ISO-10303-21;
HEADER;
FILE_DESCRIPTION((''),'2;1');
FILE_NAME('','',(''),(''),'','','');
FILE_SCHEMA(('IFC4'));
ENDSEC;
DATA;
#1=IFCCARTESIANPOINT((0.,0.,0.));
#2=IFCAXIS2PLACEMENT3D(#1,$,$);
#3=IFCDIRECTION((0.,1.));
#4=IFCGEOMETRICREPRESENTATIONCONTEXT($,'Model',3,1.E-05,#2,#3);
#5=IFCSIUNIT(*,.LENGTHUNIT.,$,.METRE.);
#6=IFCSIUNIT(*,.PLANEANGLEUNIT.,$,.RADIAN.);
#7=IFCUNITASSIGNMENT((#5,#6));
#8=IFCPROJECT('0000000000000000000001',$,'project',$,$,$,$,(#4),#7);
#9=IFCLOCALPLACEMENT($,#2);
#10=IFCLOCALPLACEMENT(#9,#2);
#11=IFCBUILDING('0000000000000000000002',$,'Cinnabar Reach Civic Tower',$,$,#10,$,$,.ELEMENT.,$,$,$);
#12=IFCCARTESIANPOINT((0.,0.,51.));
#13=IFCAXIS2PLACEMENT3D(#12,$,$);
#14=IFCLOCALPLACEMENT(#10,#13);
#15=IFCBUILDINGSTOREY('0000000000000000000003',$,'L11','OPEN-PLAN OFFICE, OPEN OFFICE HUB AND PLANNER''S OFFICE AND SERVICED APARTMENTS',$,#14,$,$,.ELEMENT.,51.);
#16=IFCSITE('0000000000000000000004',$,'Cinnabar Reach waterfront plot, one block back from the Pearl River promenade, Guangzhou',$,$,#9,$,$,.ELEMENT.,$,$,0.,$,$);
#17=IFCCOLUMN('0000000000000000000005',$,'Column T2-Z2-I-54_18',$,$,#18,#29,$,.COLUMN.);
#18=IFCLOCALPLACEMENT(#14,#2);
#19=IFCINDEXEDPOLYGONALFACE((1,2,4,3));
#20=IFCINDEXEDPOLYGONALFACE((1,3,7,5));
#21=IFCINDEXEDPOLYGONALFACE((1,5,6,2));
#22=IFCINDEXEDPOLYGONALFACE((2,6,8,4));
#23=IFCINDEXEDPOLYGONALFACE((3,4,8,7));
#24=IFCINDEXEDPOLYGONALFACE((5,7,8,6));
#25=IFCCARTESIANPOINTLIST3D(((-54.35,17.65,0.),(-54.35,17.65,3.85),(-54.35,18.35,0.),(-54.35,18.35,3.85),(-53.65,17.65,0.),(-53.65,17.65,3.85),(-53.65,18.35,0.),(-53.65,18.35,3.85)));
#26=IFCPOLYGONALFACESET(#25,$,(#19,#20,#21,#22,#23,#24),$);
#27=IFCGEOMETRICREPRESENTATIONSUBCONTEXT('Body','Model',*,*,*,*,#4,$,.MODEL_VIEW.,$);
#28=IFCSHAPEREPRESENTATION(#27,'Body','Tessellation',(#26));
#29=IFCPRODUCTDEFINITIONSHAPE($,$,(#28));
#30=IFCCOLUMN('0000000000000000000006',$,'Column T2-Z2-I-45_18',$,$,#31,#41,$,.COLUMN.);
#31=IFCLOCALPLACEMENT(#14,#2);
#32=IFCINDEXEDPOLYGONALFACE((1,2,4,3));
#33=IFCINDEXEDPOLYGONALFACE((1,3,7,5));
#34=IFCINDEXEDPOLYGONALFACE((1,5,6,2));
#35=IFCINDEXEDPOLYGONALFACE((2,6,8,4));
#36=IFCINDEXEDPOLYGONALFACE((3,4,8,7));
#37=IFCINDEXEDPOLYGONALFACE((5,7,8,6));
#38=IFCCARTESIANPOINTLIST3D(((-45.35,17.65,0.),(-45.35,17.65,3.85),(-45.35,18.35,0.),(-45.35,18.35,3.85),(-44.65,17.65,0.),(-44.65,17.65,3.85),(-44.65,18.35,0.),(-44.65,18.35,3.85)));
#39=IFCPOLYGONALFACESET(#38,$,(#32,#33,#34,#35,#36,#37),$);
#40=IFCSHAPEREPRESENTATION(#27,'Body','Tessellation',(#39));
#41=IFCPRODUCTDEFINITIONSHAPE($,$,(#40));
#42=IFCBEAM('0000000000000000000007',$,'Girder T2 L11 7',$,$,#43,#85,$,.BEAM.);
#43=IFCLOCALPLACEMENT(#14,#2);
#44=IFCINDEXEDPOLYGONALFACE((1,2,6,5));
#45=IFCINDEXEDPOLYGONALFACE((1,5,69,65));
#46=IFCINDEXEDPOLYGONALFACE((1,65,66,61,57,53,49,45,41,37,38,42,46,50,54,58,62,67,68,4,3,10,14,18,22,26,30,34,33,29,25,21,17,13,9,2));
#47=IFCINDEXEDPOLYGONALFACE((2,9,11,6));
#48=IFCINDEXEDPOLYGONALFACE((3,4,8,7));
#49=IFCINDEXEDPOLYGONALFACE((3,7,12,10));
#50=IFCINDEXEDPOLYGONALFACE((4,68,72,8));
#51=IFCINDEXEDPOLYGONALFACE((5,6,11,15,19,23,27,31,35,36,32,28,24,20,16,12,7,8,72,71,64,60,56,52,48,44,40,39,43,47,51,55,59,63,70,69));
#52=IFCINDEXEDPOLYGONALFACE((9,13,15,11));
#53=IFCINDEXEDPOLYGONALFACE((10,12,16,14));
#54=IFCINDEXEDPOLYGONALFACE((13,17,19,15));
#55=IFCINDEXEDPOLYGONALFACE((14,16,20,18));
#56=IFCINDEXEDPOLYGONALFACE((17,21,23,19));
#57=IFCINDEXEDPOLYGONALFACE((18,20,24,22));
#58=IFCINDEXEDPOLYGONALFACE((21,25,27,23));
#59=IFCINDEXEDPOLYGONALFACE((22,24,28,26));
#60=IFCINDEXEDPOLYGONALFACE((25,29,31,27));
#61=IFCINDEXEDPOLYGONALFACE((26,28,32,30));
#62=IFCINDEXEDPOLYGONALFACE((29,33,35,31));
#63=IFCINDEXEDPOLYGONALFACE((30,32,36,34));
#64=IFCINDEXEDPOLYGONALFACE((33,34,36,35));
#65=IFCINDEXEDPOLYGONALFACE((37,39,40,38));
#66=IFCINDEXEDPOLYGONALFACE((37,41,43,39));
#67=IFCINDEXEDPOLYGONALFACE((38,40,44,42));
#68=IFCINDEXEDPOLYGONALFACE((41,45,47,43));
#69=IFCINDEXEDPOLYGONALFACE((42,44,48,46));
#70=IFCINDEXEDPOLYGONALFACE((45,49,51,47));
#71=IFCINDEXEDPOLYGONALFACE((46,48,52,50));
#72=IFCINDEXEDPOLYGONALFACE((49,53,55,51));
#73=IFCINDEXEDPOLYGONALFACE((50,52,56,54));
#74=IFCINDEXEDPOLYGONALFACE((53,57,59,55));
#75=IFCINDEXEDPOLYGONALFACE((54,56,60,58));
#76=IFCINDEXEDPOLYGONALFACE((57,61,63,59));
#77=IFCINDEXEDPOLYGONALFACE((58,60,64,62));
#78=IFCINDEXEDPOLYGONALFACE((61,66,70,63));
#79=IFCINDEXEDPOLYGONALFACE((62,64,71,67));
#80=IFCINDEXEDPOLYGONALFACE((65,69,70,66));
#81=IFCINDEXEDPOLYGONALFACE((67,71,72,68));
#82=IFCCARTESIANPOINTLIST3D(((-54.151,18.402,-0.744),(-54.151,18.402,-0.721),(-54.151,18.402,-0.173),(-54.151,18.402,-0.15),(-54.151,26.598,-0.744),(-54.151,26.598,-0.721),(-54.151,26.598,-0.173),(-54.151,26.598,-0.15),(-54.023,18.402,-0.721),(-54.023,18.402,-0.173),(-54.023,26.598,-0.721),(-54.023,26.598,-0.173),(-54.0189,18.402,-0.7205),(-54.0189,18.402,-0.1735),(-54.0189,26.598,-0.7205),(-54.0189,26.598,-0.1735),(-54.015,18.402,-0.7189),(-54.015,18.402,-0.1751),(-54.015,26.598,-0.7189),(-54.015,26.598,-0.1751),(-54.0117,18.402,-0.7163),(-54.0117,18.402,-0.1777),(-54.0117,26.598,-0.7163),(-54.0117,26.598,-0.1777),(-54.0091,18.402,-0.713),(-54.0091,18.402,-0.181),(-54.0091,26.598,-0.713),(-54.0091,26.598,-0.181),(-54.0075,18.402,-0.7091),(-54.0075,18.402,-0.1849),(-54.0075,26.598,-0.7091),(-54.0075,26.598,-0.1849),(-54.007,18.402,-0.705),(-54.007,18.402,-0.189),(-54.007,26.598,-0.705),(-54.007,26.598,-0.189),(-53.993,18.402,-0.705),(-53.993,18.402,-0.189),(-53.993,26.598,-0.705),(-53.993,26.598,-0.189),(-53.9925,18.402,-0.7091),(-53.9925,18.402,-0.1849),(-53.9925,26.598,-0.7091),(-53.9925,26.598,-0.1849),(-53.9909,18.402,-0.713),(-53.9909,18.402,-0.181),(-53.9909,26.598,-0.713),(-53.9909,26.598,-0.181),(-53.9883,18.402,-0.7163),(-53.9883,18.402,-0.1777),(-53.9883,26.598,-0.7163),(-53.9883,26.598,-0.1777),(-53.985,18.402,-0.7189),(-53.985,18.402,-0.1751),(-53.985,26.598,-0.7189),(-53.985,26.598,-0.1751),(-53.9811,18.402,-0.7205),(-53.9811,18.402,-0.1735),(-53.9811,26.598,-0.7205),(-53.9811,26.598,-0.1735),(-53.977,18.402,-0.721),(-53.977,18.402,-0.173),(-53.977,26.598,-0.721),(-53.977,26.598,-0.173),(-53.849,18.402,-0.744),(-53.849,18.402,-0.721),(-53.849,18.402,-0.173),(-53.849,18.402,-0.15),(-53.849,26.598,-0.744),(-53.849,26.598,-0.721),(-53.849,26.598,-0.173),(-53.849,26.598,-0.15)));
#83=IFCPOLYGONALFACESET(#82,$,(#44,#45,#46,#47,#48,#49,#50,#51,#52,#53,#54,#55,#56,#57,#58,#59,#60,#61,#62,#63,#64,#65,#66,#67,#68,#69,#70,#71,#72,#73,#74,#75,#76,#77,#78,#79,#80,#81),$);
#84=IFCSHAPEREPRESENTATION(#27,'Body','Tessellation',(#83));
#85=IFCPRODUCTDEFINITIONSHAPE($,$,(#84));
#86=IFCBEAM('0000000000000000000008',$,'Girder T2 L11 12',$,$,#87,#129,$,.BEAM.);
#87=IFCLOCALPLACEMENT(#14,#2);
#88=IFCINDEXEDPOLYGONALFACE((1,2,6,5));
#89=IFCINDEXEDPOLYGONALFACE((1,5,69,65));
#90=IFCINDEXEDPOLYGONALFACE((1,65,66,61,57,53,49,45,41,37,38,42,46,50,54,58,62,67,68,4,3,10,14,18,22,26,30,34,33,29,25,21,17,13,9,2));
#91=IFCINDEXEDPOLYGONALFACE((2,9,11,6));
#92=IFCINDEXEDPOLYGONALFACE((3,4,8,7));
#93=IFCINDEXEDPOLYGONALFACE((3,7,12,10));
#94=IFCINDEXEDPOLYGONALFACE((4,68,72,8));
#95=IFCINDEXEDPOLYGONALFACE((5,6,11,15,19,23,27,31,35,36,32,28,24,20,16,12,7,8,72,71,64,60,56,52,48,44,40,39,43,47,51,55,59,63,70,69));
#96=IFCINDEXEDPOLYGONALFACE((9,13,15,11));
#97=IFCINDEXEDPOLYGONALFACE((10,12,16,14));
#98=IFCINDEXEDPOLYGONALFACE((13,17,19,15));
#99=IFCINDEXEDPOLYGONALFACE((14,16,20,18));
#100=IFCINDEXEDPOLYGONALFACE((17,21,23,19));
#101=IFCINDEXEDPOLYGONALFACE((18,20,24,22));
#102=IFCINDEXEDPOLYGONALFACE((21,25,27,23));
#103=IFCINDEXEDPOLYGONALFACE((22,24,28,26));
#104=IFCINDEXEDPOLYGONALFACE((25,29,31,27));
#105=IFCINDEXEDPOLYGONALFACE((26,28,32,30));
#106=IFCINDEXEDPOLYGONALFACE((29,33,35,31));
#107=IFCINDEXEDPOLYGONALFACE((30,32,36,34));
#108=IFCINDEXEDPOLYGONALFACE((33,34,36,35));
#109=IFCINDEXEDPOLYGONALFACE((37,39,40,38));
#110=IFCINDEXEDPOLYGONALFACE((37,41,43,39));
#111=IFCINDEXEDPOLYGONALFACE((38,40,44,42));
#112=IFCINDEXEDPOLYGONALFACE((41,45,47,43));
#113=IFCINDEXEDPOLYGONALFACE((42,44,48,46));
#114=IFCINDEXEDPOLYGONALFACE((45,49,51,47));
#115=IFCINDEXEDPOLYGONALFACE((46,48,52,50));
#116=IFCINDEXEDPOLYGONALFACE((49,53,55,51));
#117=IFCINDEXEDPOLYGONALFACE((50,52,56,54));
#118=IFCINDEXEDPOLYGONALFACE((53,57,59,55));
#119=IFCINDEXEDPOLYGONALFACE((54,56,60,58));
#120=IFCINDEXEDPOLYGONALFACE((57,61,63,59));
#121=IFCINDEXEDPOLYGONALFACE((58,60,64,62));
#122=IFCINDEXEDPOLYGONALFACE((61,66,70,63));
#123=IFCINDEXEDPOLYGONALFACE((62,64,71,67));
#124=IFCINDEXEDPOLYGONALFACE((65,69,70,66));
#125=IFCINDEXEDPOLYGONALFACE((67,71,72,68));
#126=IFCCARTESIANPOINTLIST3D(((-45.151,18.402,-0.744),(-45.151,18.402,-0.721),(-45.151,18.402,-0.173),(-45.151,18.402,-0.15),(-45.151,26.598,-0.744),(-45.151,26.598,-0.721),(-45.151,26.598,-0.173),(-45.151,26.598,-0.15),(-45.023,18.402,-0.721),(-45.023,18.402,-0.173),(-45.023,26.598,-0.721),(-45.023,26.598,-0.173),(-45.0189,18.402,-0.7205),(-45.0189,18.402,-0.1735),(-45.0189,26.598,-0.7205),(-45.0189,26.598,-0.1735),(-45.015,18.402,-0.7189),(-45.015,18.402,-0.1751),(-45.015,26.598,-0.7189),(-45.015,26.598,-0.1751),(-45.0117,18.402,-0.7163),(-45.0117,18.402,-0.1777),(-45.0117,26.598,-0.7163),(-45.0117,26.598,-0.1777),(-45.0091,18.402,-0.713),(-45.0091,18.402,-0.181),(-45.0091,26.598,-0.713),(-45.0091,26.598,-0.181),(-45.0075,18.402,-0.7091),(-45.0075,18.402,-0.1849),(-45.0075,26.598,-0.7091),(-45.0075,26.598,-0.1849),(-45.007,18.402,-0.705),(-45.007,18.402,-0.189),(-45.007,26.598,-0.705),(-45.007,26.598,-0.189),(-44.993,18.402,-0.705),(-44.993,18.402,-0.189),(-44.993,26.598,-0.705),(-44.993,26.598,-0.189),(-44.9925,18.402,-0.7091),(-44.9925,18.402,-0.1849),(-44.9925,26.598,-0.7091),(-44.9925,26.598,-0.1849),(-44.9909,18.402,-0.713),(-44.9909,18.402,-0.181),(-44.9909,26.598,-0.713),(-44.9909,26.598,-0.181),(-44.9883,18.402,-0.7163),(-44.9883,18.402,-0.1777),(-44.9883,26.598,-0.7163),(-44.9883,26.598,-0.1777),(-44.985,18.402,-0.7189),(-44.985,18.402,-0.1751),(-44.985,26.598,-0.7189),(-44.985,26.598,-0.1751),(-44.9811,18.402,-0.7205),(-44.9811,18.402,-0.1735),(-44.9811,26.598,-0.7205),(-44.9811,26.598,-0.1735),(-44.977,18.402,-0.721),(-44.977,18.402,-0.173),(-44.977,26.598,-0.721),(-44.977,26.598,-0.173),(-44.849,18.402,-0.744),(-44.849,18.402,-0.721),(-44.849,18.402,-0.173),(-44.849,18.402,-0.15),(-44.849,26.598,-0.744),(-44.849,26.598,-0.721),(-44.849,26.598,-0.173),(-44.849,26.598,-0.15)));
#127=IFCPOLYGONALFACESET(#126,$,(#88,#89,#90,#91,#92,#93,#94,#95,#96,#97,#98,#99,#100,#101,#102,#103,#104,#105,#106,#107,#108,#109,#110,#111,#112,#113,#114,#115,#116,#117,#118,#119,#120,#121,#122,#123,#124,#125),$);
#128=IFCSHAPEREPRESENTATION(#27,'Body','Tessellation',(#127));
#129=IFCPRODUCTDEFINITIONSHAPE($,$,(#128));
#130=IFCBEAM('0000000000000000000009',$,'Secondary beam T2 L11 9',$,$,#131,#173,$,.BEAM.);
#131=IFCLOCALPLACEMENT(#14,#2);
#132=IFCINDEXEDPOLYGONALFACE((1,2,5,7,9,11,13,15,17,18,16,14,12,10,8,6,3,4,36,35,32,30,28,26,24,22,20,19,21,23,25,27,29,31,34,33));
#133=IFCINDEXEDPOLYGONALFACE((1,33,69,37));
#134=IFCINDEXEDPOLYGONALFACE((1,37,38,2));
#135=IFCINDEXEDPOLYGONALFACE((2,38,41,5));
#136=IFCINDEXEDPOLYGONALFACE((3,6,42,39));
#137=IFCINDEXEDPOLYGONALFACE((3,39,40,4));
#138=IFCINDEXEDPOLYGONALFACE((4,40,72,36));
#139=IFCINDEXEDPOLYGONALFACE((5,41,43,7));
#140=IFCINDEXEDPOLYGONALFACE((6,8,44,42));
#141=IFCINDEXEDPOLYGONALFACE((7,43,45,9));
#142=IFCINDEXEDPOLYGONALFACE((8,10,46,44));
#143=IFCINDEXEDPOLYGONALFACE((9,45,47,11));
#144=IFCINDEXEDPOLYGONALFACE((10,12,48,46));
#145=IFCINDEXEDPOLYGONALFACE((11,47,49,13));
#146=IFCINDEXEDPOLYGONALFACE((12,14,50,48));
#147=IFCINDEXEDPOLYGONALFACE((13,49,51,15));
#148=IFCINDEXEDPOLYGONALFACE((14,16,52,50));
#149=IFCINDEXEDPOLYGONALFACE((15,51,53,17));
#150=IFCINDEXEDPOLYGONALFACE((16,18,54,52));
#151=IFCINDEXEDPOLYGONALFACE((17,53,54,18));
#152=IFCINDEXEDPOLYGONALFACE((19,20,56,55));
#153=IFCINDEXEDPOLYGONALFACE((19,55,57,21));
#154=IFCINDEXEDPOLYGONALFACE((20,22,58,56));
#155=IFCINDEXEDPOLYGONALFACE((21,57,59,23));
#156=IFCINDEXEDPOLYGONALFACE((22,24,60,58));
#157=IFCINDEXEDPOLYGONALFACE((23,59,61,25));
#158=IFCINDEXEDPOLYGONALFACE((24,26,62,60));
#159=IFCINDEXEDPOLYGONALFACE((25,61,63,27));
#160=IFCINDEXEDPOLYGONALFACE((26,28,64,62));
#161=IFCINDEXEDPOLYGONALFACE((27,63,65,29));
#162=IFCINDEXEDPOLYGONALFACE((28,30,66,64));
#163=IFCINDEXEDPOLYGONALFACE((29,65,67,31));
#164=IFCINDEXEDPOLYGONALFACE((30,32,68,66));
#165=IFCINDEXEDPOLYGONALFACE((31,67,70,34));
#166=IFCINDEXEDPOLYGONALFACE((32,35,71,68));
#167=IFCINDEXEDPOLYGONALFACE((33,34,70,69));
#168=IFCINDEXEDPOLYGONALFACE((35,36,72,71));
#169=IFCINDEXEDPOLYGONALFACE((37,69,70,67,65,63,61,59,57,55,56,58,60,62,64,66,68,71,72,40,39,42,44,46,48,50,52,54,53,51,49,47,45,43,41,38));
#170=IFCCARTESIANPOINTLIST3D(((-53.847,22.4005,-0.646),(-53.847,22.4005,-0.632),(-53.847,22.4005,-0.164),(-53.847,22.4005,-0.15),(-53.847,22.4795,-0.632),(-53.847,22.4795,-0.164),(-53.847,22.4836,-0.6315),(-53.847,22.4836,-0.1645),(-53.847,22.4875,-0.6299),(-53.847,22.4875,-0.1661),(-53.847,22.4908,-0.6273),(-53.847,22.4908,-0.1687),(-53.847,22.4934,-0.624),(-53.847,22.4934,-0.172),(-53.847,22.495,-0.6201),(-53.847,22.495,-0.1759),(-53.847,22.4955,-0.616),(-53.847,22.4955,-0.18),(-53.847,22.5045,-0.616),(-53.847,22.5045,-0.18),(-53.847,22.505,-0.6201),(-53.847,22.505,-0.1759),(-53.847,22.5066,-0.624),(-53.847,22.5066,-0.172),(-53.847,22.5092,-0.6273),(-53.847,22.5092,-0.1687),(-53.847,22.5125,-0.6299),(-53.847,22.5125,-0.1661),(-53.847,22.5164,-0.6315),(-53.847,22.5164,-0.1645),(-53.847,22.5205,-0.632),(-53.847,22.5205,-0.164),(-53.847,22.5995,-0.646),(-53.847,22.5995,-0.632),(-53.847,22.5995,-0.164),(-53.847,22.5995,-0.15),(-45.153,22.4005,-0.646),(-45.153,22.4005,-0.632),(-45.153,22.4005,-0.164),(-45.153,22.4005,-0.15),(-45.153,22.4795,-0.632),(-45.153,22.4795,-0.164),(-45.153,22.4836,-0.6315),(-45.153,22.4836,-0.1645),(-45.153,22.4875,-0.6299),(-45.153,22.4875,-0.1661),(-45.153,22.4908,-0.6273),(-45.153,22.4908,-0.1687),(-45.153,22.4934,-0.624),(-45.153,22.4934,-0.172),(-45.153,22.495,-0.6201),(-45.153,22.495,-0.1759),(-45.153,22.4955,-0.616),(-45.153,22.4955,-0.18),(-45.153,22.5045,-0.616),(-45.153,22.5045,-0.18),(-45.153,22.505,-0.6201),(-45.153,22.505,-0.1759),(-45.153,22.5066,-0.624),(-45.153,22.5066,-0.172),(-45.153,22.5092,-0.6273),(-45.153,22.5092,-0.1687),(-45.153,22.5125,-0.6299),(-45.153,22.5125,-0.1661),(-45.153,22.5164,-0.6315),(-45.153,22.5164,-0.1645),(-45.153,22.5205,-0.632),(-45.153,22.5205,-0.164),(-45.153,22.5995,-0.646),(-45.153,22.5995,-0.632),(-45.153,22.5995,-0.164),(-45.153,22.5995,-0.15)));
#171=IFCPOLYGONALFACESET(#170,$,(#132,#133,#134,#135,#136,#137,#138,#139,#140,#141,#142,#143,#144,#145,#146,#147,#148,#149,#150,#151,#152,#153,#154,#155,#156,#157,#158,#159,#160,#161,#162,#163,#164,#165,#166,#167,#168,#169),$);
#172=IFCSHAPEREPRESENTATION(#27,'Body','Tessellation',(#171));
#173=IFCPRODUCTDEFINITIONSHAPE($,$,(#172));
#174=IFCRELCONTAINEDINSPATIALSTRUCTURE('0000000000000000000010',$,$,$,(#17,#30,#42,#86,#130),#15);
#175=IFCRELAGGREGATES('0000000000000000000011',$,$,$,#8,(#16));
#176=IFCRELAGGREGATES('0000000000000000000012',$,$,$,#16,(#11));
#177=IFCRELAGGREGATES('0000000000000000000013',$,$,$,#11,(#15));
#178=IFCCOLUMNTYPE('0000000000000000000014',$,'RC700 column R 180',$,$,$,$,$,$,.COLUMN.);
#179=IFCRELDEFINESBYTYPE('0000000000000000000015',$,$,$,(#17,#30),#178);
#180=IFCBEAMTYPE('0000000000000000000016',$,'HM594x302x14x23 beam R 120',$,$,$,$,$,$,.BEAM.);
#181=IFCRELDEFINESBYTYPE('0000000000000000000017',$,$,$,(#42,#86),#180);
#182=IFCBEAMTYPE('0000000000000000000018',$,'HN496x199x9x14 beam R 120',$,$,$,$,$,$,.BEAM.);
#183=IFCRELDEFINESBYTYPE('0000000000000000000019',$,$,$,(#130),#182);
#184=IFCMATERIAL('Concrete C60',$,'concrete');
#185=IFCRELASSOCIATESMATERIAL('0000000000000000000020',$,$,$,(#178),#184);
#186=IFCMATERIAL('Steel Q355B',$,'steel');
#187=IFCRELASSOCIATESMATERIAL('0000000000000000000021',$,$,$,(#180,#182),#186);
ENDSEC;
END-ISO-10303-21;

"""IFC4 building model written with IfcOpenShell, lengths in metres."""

from ifc_helpers import new_model, si_unit, direction, frame, origin, origin_2d, place, context, subcontext, project, spatial, rectangle, i_section, extrude, material, material_profile, profile_set, type_object, element, save


model = new_model("IFC4")

# Units and contexts
model_context = context("Model", 3, precision=1e-05, world=origin(), true_north=direction((0.0, 1.0)))
body_context = subcontext(model_context, "Body", "Model", "MODEL_VIEW")
ifc_project = project(units=[si_unit("LENGTHUNIT", "METRE"), si_unit("PLANEANGLEUNIT", "RADIAN")], contexts=[model_context])

# Site, building, storey
site_placement = place(None, origin())
site = spatial("IfcSite", under=ifc_project, at=site_placement, Name="Cinnabar Reach waterfront plot, one block back from the Pearl River promenade, Guangzhou", CompositionType="ELEMENT", RefElevation=0.0)
building_placement = place(site_placement, origin())
building = spatial("IfcBuilding", under=site, at=building_placement, Name="Cinnabar Reach Civic Tower", CompositionType="ELEMENT")
storey_placement = place(building_placement, frame((0.0, 0.0, 51.0)))
storey = spatial("IfcBuildingStorey", under=building, at=storey_placement, Name="L11", Description="OPEN-PLAN OFFICE, OPEN OFFICE HUB AND PLANNER'S OFFICE AND SERVICED APARTMENTS", CompositionType="ELEMENT", Elevation=51.0)

# Columns
ifc_material_1 = material(Name="Concrete C60", Category="concrete")
ifc_material_profile_1 = material_profile(ifc_material_1, rectangle(XDim=0.7, YDim=0.7, at=origin_2d()), Name="RC700")
ifc_profile_set_1 = profile_set([ifc_material_profile_1], Name="Concrete C60")
column_type = type_object("IfcColumnType", Name="RC700 column R 180", PredefinedType="COLUMN", material=ifc_profile_set_1)
for number, where, z_axis, x_axis, name in (
    (1, (-54.0, 18.0, 0.0), (0.0, 0.0, 1.0), (1.0, 0.0, 0.0), "Column T2-Z2-I-54_18"),
    (2, (-45.0, 18.0, 0.0), (0.0, 0.0, 1.0), (1.0, 0.0, 0.0), "Column T2-Z2-I-45_18"),
):
    element("IfcColumn", number, at=place(storey_placement, frame(where, z_axis=z_axis, x_axis=x_axis)), inside=storey, type_object=column_type, Name=name, PredefinedType="COLUMN", context=body_context, shape_type="SweptSolid", body=[
        extrude(rectangle(XDim=0.7, YDim=0.7, at=origin_2d()), origin(), (0.0, 0.0, 1.0), 3.85),
    ])

# Beams
ifc_material_2 = material(Name="Steel Q355B", Category="steel")
ifc_material_profile_2 = material_profile(ifc_material_2, i_section(OverallWidth=0.302, OverallDepth=0.594, WebThickness=0.014, FlangeThickness=0.023, FilletRadius=0.016, at=origin_2d()), Name="HM594x302x14x23")
ifc_profile_set_2 = profile_set([ifc_material_profile_2], Name="Steel Q355B")
beam_type_1 = type_object("IfcBeamType", Name="HM594x302x14x23 beam R 120", PredefinedType="BEAM", material=ifc_profile_set_2)
for number, where, z_axis, x_axis, name in (
    (3, (-54.0, 18.402, -0.447), (0.0, 1.0, 0.0), (-1.0, 0.0, 0.0), "Girder T2 L11 7"),
    (4, (-45.0, 18.402, -0.447), (0.0, 1.0, 0.0), (-1.0, 0.0, 0.0), "Girder T2 L11 12"),
):
    element("IfcBeam", number, at=place(storey_placement, frame(where, z_axis=z_axis, x_axis=x_axis)), inside=storey, type_object=beam_type_1, Name=name, PredefinedType="BEAM", context=body_context, shape_type="SweptSolid", body=[
        extrude(i_section(OverallWidth=0.302, OverallDepth=0.594, WebThickness=0.014, FlangeThickness=0.023, FilletRadius=0.016, at=origin_2d()), origin(), (0.0, 0.0, 1.0), 8.196),
    ])
ifc_material_profile_3 = material_profile(ifc_material_2, i_section(OverallWidth=0.199, OverallDepth=0.496, WebThickness=0.009, FlangeThickness=0.014, FilletRadius=0.016, at=origin_2d()), Name="HN496x199x9x14")
ifc_profile_set_3 = profile_set([ifc_material_profile_3], Name="Steel Q355B")
beam_type_2 = type_object("IfcBeamType", Name="HN496x199x9x14 beam R 120", PredefinedType="BEAM", material=ifc_profile_set_3)
beam_1_placement = place(storey_placement, frame((-53.847, 22.5, -0.398), z_axis=(1.0, 0.0, 0.0), x_axis=(0.0, 1.0, 0.0)))
element("IfcBeam", 5, at=beam_1_placement, inside=storey, type_object=beam_type_2, Name="Secondary beam T2 L11 9", PredefinedType="BEAM", context=body_context, shape_type="SweptSolid", body=[
    extrude(i_section(OverallWidth=0.199, OverallDepth=0.496, WebThickness=0.009, FlangeThickness=0.014, FilletRadius=0.016, at=origin_2d()), origin(), (0.0, 0.0, 1.0), 8.694),
])

save(model, "model.ifc")
